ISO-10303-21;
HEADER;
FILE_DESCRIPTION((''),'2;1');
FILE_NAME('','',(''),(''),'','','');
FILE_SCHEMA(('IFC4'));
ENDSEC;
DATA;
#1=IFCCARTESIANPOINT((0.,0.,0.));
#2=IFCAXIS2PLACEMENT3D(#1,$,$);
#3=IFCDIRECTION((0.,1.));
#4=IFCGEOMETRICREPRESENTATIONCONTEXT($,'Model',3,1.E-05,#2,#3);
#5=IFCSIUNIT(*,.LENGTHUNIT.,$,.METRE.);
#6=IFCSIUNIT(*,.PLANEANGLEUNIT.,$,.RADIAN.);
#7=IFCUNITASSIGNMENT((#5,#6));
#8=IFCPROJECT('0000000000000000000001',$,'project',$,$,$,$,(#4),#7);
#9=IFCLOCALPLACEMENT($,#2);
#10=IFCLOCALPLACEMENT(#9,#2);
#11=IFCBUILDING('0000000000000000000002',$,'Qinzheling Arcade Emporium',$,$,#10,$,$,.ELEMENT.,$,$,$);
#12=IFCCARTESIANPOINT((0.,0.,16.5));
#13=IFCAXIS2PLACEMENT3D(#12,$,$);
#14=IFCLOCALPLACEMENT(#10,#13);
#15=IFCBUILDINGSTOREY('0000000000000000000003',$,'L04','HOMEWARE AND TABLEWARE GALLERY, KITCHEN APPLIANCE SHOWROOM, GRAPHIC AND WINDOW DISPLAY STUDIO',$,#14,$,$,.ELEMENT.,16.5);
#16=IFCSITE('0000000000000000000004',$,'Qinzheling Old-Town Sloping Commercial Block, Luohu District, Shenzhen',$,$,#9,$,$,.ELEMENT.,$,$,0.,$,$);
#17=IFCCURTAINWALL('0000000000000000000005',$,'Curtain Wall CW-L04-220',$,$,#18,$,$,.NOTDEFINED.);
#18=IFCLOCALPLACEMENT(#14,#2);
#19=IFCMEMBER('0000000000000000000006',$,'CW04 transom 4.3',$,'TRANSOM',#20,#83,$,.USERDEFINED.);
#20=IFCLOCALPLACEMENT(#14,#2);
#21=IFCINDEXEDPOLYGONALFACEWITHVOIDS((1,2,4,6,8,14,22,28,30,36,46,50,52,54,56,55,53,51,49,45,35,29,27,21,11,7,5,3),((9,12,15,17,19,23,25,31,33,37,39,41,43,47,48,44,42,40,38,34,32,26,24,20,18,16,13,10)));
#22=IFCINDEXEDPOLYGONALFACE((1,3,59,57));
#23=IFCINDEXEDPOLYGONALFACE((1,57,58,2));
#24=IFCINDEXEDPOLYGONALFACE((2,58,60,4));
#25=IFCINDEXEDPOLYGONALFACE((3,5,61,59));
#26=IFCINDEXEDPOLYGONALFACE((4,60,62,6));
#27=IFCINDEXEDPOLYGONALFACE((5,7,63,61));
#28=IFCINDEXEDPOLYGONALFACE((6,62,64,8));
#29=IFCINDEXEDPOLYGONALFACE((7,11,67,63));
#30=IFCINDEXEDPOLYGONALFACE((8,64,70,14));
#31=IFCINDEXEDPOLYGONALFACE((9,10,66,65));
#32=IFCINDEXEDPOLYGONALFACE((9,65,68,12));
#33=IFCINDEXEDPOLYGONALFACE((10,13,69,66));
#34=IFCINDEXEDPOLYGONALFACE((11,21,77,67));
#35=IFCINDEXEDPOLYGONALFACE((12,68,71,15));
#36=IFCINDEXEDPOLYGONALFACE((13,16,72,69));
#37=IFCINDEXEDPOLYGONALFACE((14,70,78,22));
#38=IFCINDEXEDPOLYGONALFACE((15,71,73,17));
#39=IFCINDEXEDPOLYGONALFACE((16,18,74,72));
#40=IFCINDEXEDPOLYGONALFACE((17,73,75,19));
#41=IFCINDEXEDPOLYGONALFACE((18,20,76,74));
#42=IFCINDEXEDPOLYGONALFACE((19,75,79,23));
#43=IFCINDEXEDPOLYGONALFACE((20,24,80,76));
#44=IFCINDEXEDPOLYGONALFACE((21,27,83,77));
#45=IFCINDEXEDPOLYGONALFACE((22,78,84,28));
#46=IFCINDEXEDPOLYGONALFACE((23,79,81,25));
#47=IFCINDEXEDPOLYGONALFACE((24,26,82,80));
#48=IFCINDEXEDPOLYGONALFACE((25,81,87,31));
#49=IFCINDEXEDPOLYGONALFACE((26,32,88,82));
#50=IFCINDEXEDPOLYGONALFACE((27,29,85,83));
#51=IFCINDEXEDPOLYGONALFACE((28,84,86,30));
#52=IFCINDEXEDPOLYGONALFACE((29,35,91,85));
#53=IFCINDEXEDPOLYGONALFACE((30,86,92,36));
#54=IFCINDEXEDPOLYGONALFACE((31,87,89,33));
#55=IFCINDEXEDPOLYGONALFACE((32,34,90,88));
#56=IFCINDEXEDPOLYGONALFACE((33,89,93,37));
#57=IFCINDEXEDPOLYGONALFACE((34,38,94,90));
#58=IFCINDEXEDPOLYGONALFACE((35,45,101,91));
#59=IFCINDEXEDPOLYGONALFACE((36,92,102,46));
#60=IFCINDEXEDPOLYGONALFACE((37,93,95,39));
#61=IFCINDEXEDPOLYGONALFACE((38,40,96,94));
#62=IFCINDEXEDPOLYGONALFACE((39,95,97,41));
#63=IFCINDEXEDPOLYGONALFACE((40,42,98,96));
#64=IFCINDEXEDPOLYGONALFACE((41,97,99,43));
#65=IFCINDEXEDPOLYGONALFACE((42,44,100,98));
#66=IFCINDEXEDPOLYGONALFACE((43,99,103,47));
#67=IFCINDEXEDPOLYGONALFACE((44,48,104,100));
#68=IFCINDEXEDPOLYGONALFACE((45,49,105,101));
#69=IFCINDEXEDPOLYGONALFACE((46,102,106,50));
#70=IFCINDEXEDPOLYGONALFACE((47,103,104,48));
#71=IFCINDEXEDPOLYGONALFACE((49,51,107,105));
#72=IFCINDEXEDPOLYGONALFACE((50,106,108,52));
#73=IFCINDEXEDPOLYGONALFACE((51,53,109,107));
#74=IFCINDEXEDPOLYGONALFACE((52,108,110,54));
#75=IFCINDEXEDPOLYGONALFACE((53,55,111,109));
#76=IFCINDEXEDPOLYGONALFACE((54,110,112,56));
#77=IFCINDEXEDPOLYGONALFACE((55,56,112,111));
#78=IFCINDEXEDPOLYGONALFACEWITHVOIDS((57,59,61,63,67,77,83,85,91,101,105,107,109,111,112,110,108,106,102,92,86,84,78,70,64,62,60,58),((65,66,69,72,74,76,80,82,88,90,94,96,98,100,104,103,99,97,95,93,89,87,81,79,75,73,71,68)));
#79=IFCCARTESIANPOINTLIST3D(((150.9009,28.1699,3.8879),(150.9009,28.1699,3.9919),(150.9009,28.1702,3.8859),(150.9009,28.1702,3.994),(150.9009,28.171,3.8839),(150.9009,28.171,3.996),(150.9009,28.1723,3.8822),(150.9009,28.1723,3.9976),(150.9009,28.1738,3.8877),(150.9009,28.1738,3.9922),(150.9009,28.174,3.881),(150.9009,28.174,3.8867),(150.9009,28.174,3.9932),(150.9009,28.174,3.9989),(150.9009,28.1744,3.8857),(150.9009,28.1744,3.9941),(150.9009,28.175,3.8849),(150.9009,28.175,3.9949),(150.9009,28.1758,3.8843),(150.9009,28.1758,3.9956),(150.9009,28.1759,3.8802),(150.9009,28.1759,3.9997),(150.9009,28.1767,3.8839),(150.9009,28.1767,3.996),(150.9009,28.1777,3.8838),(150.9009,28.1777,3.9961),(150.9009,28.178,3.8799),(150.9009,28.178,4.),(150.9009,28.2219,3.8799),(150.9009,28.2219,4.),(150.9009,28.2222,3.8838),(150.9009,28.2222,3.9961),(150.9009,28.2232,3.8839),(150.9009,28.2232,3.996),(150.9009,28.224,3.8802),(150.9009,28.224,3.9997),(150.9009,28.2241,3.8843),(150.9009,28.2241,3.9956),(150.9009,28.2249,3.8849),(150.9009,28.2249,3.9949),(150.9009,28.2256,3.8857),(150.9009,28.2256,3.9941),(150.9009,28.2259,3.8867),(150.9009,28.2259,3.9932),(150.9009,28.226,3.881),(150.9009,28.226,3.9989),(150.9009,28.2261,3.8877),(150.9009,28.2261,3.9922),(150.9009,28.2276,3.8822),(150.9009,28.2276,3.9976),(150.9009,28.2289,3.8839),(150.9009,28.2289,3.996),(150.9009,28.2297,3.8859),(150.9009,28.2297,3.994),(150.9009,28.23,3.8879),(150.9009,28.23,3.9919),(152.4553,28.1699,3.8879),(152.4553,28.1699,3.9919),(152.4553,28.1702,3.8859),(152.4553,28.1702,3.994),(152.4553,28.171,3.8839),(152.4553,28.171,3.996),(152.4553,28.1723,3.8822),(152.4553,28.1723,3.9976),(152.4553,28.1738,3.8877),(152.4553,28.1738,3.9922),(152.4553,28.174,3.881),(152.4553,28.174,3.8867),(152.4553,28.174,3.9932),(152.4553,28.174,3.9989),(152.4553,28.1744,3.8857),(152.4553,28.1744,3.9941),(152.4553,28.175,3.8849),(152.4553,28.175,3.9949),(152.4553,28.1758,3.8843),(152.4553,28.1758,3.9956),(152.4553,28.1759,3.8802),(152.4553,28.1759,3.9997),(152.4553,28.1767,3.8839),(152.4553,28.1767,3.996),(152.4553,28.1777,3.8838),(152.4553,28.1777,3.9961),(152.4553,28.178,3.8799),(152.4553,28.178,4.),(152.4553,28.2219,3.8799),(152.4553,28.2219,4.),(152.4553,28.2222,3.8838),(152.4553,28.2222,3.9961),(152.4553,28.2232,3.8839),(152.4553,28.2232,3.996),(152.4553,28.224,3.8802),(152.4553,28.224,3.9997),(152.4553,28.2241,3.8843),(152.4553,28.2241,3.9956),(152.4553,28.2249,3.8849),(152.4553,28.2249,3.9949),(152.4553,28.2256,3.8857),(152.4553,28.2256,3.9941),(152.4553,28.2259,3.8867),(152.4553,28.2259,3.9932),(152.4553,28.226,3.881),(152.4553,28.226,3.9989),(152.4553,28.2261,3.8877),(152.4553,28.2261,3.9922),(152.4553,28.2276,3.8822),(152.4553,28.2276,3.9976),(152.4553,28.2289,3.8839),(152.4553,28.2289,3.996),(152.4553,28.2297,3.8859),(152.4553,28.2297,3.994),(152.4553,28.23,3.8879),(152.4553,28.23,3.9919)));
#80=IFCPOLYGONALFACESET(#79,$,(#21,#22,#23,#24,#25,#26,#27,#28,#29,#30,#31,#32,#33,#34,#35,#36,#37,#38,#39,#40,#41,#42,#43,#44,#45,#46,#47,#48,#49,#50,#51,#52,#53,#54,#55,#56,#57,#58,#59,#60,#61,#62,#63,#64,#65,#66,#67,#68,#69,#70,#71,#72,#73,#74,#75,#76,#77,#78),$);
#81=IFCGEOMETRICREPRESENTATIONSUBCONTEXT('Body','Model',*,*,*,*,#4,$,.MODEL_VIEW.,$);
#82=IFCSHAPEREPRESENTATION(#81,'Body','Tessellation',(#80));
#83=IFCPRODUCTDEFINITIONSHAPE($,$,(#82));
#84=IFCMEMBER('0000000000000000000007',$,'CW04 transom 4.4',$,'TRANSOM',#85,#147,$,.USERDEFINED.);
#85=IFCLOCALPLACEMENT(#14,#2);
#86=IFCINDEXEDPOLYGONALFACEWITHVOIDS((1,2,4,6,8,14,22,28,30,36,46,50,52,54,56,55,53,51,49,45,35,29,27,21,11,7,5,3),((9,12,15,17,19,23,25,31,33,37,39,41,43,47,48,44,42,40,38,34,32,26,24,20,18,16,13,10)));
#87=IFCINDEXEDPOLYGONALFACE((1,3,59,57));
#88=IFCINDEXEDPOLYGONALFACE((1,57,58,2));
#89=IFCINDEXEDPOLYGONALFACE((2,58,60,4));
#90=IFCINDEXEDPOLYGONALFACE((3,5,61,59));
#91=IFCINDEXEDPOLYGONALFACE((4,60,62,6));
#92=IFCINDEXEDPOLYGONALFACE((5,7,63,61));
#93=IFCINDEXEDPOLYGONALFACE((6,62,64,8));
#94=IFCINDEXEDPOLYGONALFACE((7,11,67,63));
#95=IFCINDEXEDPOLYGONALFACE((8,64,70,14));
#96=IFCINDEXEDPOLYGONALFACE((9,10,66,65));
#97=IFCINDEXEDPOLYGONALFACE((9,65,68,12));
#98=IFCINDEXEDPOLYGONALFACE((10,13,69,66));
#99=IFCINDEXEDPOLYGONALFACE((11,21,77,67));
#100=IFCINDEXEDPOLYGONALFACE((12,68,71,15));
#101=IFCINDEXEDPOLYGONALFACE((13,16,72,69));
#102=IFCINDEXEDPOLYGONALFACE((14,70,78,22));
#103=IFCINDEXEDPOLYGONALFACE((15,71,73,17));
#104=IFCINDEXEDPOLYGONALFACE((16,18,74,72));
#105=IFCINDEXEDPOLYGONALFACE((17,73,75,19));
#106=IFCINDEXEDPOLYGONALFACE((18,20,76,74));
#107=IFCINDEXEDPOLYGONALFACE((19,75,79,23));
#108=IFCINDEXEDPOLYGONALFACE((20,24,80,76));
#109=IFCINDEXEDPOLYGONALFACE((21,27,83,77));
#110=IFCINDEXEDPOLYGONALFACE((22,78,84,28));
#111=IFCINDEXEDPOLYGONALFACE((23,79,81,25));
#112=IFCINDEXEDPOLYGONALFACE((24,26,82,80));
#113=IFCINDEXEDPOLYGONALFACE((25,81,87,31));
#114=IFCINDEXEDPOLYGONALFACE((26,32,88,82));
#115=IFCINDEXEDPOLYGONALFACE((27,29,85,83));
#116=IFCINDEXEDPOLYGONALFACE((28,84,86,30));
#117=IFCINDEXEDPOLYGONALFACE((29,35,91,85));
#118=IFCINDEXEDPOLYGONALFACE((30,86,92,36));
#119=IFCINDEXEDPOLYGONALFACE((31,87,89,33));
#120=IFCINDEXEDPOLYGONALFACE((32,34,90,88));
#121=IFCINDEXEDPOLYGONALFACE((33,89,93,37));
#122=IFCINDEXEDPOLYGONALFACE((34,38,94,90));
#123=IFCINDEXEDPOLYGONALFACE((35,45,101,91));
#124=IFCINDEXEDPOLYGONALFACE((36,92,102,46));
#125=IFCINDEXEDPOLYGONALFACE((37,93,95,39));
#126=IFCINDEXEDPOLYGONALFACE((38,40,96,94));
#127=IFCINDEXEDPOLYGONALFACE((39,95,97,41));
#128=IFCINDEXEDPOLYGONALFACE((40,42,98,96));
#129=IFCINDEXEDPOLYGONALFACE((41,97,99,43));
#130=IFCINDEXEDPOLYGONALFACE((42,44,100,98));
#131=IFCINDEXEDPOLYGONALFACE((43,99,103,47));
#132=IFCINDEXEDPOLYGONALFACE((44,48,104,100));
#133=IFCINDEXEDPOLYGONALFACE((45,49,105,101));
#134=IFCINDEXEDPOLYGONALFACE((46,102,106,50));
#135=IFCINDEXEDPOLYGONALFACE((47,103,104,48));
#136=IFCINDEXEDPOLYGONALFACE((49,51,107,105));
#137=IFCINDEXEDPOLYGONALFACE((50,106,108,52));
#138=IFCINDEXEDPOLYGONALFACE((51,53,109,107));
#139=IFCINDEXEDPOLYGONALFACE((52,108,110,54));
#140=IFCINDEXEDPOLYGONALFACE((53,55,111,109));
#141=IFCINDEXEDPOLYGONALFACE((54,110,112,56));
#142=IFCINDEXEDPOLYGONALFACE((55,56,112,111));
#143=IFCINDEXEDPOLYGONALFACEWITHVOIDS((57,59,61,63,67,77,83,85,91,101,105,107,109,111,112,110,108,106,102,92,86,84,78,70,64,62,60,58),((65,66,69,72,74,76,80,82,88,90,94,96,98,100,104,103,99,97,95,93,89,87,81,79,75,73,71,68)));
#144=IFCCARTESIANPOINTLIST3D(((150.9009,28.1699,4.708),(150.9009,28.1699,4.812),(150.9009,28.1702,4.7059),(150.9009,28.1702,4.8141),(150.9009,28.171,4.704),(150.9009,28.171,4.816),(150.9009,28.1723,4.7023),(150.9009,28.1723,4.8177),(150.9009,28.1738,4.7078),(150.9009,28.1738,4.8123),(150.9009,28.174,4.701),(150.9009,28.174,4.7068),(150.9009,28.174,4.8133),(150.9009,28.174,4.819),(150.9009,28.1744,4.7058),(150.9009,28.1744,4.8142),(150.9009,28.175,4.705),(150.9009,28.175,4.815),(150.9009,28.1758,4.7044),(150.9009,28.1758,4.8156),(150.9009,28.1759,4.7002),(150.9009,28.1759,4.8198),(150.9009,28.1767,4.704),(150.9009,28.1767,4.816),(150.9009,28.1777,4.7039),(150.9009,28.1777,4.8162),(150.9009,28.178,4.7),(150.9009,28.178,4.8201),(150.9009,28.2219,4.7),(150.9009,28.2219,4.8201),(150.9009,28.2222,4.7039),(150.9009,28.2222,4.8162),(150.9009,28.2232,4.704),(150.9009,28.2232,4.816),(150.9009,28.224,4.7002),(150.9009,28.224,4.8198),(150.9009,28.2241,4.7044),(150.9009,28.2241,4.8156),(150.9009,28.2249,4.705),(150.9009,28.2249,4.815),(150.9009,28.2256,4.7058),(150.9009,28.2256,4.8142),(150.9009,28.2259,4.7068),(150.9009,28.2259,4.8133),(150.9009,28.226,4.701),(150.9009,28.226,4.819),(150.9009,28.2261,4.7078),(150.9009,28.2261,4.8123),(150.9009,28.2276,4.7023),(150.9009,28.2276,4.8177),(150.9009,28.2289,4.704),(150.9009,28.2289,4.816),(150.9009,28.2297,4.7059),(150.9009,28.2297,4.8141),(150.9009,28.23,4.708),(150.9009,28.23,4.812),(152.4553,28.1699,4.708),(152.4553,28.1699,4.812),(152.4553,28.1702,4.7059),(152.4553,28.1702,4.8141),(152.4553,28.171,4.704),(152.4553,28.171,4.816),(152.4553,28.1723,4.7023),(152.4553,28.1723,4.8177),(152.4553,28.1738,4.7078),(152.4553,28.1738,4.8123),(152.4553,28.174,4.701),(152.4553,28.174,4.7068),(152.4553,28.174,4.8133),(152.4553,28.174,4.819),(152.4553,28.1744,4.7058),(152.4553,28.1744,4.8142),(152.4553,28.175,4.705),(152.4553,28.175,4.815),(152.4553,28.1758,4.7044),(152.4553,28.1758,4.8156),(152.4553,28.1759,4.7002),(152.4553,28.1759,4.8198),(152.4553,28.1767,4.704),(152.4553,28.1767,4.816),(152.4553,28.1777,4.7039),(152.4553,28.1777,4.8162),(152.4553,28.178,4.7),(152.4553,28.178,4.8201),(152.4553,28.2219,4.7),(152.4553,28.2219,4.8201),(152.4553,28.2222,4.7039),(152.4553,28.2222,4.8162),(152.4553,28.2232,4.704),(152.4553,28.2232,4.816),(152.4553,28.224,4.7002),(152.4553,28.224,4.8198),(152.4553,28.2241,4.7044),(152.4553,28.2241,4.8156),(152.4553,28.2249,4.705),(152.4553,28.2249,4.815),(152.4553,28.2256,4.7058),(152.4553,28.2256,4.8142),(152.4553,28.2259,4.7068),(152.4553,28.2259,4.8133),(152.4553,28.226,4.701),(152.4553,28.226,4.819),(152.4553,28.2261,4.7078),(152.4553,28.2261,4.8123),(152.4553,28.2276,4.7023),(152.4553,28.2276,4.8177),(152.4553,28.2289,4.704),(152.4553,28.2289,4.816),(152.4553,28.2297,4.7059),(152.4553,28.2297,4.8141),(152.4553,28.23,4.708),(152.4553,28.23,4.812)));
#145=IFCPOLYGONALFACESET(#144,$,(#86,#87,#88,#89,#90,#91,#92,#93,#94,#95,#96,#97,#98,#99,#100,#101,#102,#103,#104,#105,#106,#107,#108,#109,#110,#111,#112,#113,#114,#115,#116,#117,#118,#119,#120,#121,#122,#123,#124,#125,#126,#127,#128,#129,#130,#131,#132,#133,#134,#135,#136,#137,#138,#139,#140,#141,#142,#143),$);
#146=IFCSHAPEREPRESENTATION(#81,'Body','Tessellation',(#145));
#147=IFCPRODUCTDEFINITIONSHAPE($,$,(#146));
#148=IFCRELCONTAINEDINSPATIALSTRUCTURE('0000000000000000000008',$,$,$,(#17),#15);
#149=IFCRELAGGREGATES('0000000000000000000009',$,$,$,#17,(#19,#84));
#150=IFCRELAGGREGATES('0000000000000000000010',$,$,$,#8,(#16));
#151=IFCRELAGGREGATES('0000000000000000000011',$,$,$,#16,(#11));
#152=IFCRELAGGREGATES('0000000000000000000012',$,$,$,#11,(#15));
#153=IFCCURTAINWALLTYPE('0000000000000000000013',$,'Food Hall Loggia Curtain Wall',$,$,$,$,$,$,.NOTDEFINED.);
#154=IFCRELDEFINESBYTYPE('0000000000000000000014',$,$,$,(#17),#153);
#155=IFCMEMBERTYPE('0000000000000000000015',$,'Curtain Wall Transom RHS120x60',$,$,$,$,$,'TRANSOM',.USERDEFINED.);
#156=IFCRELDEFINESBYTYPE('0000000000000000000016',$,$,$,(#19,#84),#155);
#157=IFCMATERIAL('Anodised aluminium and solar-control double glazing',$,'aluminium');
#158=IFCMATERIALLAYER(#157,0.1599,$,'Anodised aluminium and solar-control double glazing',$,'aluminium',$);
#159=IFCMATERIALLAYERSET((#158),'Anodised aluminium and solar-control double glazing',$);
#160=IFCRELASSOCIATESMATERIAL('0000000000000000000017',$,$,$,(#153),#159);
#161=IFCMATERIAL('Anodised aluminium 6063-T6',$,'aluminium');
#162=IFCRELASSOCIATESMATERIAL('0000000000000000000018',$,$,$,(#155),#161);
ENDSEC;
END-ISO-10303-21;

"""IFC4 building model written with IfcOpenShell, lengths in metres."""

from ifc_helpers import new_model, si_unit, direction, frame, origin, origin_2d, place, context, subcontext, project, spatial, hollow_rectangle, extrude, material, layer, layer_set, material_profile, profile_set, type_object, element, aggregate, save


model = new_model("IFC4")

# Units and contexts
model_context = context("Model", 3, precision=1e-05, world=origin(), true_north=direction((0.0, 1.0)))
body_context = subcontext(model_context, "Body", "Model", "MODEL_VIEW")
ifc_project = project(units=[si_unit("LENGTHUNIT", "METRE"), si_unit("PLANEANGLEUNIT", "RADIAN")], contexts=[model_context])

# Site, building, storey
site_placement = place(None, origin())
site = spatial("IfcSite", under=ifc_project, at=site_placement, Name="Qinzheling Old-Town Sloping Commercial Block, Luohu District, Shenzhen", CompositionType="ELEMENT", RefElevation=0.0)
building_placement = place(site_placement, origin())
building = spatial("IfcBuilding", under=site, at=building_placement, Name="Qinzheling Arcade Emporium", CompositionType="ELEMENT")
storey_placement = place(building_placement, frame((0.0, 0.0, 16.5)))
storey = spatial("IfcBuildingStorey", under=building, at=storey_placement, Name="L04", Description="HOMEWARE AND TABLEWARE GALLERY, KITCHEN APPLIANCE SHOWROOM, GRAPHIC AND WINDOW DISPLAY STUDIO", CompositionType="ELEMENT", Elevation=16.5)

# Curtain wall, members
ifc_material_1 = material(Name="Anodised aluminium and solar-control double glazing", Category="aluminium")
ifc_layer_1 = layer(ifc_material_1, 0.1599, Name="Anodised aluminium and solar-control double glazing", Category="aluminium")
ifc_layer_set_1 = layer_set([ifc_layer_1], Name="Anodised aluminium and solar-control double glazing")
curtain_wall_type = type_object("IfcCurtainWallType", Name="Food Hall Loggia Curtain Wall", PredefinedType="NOTDEFINED", material=ifc_layer_set_1)
curtain_wall_placement = place(storey_placement, origin())
curtain_wall = element("IfcCurtainWall", 1, at=curtain_wall_placement, inside=storey, type_object=curtain_wall_type, Name="Curtain Wall CW-L04-220", PredefinedType="NOTDEFINED")
ifc_material_2 = material(Name="Anodised aluminium 6063-T6", Category="aluminium")
ifc_material_profile_1 = material_profile(ifc_material_2, hollow_rectangle(XDim=0.0601, YDim=0.1201, WallThickness=0.0039, InnerFilletRadius=0.0039, OuterFilletRadius=0.0081, at=origin_2d()), Name="RHS 120x60x4", Category="aluminium")
ifc_profile_set_1 = profile_set([ifc_material_profile_1], Name="Anodised aluminium 6063-T6")
member_type_1 = type_object("IfcMemberType", Name="Curtain Wall Transom RHS120x60", ElementType="TRANSOM", PredefinedType="USERDEFINED", material=ifc_profile_set_1)
member_1_placement = place(storey_placement, frame((150.9009, 28.2, 3.9399), z_axis=(1.0, 0.0, 0.0), x_axis=(0.0, 1.0, 0.0)))
member_1 = element("IfcMember", 2, at=member_1_placement, type_object=member_type_1, Name="CW04 transom 4.3", ObjectType="TRANSOM", PredefinedType="USERDEFINED", context=body_context, shape_type="SweptSolid", body=[
    extrude(hollow_rectangle(XDim=0.0601, YDim=0.1201, WallThickness=0.0039, InnerFilletRadius=0.0039, OuterFilletRadius=0.0081, at=origin_2d()), origin(), (0.0, 0.0, 1.0), 1.5544),
])
member_2_placement = place(storey_placement, frame((150.9009, 28.2, 4.76), z_axis=(1.0, 0.0, 0.0), x_axis=(0.0, 1.0, 0.0)))
member_2 = element("IfcMember", 3, at=member_2_placement, type_object=member_type_1, Name="CW04 transom 4.4", ObjectType="TRANSOM", PredefinedType="USERDEFINED", context=body_context, shape_type="SweptSolid", body=[
    extrude(hollow_rectangle(XDim=0.0601, YDim=0.1201, WallThickness=0.0039, InnerFilletRadius=0.0039, OuterFilletRadius=0.0081, at=origin_2d()), origin(), (0.0, 0.0, 1.0), 1.5544),
])

aggregate(curtain_wall, [member_1, member_2])

save(model, "model.ifc")
